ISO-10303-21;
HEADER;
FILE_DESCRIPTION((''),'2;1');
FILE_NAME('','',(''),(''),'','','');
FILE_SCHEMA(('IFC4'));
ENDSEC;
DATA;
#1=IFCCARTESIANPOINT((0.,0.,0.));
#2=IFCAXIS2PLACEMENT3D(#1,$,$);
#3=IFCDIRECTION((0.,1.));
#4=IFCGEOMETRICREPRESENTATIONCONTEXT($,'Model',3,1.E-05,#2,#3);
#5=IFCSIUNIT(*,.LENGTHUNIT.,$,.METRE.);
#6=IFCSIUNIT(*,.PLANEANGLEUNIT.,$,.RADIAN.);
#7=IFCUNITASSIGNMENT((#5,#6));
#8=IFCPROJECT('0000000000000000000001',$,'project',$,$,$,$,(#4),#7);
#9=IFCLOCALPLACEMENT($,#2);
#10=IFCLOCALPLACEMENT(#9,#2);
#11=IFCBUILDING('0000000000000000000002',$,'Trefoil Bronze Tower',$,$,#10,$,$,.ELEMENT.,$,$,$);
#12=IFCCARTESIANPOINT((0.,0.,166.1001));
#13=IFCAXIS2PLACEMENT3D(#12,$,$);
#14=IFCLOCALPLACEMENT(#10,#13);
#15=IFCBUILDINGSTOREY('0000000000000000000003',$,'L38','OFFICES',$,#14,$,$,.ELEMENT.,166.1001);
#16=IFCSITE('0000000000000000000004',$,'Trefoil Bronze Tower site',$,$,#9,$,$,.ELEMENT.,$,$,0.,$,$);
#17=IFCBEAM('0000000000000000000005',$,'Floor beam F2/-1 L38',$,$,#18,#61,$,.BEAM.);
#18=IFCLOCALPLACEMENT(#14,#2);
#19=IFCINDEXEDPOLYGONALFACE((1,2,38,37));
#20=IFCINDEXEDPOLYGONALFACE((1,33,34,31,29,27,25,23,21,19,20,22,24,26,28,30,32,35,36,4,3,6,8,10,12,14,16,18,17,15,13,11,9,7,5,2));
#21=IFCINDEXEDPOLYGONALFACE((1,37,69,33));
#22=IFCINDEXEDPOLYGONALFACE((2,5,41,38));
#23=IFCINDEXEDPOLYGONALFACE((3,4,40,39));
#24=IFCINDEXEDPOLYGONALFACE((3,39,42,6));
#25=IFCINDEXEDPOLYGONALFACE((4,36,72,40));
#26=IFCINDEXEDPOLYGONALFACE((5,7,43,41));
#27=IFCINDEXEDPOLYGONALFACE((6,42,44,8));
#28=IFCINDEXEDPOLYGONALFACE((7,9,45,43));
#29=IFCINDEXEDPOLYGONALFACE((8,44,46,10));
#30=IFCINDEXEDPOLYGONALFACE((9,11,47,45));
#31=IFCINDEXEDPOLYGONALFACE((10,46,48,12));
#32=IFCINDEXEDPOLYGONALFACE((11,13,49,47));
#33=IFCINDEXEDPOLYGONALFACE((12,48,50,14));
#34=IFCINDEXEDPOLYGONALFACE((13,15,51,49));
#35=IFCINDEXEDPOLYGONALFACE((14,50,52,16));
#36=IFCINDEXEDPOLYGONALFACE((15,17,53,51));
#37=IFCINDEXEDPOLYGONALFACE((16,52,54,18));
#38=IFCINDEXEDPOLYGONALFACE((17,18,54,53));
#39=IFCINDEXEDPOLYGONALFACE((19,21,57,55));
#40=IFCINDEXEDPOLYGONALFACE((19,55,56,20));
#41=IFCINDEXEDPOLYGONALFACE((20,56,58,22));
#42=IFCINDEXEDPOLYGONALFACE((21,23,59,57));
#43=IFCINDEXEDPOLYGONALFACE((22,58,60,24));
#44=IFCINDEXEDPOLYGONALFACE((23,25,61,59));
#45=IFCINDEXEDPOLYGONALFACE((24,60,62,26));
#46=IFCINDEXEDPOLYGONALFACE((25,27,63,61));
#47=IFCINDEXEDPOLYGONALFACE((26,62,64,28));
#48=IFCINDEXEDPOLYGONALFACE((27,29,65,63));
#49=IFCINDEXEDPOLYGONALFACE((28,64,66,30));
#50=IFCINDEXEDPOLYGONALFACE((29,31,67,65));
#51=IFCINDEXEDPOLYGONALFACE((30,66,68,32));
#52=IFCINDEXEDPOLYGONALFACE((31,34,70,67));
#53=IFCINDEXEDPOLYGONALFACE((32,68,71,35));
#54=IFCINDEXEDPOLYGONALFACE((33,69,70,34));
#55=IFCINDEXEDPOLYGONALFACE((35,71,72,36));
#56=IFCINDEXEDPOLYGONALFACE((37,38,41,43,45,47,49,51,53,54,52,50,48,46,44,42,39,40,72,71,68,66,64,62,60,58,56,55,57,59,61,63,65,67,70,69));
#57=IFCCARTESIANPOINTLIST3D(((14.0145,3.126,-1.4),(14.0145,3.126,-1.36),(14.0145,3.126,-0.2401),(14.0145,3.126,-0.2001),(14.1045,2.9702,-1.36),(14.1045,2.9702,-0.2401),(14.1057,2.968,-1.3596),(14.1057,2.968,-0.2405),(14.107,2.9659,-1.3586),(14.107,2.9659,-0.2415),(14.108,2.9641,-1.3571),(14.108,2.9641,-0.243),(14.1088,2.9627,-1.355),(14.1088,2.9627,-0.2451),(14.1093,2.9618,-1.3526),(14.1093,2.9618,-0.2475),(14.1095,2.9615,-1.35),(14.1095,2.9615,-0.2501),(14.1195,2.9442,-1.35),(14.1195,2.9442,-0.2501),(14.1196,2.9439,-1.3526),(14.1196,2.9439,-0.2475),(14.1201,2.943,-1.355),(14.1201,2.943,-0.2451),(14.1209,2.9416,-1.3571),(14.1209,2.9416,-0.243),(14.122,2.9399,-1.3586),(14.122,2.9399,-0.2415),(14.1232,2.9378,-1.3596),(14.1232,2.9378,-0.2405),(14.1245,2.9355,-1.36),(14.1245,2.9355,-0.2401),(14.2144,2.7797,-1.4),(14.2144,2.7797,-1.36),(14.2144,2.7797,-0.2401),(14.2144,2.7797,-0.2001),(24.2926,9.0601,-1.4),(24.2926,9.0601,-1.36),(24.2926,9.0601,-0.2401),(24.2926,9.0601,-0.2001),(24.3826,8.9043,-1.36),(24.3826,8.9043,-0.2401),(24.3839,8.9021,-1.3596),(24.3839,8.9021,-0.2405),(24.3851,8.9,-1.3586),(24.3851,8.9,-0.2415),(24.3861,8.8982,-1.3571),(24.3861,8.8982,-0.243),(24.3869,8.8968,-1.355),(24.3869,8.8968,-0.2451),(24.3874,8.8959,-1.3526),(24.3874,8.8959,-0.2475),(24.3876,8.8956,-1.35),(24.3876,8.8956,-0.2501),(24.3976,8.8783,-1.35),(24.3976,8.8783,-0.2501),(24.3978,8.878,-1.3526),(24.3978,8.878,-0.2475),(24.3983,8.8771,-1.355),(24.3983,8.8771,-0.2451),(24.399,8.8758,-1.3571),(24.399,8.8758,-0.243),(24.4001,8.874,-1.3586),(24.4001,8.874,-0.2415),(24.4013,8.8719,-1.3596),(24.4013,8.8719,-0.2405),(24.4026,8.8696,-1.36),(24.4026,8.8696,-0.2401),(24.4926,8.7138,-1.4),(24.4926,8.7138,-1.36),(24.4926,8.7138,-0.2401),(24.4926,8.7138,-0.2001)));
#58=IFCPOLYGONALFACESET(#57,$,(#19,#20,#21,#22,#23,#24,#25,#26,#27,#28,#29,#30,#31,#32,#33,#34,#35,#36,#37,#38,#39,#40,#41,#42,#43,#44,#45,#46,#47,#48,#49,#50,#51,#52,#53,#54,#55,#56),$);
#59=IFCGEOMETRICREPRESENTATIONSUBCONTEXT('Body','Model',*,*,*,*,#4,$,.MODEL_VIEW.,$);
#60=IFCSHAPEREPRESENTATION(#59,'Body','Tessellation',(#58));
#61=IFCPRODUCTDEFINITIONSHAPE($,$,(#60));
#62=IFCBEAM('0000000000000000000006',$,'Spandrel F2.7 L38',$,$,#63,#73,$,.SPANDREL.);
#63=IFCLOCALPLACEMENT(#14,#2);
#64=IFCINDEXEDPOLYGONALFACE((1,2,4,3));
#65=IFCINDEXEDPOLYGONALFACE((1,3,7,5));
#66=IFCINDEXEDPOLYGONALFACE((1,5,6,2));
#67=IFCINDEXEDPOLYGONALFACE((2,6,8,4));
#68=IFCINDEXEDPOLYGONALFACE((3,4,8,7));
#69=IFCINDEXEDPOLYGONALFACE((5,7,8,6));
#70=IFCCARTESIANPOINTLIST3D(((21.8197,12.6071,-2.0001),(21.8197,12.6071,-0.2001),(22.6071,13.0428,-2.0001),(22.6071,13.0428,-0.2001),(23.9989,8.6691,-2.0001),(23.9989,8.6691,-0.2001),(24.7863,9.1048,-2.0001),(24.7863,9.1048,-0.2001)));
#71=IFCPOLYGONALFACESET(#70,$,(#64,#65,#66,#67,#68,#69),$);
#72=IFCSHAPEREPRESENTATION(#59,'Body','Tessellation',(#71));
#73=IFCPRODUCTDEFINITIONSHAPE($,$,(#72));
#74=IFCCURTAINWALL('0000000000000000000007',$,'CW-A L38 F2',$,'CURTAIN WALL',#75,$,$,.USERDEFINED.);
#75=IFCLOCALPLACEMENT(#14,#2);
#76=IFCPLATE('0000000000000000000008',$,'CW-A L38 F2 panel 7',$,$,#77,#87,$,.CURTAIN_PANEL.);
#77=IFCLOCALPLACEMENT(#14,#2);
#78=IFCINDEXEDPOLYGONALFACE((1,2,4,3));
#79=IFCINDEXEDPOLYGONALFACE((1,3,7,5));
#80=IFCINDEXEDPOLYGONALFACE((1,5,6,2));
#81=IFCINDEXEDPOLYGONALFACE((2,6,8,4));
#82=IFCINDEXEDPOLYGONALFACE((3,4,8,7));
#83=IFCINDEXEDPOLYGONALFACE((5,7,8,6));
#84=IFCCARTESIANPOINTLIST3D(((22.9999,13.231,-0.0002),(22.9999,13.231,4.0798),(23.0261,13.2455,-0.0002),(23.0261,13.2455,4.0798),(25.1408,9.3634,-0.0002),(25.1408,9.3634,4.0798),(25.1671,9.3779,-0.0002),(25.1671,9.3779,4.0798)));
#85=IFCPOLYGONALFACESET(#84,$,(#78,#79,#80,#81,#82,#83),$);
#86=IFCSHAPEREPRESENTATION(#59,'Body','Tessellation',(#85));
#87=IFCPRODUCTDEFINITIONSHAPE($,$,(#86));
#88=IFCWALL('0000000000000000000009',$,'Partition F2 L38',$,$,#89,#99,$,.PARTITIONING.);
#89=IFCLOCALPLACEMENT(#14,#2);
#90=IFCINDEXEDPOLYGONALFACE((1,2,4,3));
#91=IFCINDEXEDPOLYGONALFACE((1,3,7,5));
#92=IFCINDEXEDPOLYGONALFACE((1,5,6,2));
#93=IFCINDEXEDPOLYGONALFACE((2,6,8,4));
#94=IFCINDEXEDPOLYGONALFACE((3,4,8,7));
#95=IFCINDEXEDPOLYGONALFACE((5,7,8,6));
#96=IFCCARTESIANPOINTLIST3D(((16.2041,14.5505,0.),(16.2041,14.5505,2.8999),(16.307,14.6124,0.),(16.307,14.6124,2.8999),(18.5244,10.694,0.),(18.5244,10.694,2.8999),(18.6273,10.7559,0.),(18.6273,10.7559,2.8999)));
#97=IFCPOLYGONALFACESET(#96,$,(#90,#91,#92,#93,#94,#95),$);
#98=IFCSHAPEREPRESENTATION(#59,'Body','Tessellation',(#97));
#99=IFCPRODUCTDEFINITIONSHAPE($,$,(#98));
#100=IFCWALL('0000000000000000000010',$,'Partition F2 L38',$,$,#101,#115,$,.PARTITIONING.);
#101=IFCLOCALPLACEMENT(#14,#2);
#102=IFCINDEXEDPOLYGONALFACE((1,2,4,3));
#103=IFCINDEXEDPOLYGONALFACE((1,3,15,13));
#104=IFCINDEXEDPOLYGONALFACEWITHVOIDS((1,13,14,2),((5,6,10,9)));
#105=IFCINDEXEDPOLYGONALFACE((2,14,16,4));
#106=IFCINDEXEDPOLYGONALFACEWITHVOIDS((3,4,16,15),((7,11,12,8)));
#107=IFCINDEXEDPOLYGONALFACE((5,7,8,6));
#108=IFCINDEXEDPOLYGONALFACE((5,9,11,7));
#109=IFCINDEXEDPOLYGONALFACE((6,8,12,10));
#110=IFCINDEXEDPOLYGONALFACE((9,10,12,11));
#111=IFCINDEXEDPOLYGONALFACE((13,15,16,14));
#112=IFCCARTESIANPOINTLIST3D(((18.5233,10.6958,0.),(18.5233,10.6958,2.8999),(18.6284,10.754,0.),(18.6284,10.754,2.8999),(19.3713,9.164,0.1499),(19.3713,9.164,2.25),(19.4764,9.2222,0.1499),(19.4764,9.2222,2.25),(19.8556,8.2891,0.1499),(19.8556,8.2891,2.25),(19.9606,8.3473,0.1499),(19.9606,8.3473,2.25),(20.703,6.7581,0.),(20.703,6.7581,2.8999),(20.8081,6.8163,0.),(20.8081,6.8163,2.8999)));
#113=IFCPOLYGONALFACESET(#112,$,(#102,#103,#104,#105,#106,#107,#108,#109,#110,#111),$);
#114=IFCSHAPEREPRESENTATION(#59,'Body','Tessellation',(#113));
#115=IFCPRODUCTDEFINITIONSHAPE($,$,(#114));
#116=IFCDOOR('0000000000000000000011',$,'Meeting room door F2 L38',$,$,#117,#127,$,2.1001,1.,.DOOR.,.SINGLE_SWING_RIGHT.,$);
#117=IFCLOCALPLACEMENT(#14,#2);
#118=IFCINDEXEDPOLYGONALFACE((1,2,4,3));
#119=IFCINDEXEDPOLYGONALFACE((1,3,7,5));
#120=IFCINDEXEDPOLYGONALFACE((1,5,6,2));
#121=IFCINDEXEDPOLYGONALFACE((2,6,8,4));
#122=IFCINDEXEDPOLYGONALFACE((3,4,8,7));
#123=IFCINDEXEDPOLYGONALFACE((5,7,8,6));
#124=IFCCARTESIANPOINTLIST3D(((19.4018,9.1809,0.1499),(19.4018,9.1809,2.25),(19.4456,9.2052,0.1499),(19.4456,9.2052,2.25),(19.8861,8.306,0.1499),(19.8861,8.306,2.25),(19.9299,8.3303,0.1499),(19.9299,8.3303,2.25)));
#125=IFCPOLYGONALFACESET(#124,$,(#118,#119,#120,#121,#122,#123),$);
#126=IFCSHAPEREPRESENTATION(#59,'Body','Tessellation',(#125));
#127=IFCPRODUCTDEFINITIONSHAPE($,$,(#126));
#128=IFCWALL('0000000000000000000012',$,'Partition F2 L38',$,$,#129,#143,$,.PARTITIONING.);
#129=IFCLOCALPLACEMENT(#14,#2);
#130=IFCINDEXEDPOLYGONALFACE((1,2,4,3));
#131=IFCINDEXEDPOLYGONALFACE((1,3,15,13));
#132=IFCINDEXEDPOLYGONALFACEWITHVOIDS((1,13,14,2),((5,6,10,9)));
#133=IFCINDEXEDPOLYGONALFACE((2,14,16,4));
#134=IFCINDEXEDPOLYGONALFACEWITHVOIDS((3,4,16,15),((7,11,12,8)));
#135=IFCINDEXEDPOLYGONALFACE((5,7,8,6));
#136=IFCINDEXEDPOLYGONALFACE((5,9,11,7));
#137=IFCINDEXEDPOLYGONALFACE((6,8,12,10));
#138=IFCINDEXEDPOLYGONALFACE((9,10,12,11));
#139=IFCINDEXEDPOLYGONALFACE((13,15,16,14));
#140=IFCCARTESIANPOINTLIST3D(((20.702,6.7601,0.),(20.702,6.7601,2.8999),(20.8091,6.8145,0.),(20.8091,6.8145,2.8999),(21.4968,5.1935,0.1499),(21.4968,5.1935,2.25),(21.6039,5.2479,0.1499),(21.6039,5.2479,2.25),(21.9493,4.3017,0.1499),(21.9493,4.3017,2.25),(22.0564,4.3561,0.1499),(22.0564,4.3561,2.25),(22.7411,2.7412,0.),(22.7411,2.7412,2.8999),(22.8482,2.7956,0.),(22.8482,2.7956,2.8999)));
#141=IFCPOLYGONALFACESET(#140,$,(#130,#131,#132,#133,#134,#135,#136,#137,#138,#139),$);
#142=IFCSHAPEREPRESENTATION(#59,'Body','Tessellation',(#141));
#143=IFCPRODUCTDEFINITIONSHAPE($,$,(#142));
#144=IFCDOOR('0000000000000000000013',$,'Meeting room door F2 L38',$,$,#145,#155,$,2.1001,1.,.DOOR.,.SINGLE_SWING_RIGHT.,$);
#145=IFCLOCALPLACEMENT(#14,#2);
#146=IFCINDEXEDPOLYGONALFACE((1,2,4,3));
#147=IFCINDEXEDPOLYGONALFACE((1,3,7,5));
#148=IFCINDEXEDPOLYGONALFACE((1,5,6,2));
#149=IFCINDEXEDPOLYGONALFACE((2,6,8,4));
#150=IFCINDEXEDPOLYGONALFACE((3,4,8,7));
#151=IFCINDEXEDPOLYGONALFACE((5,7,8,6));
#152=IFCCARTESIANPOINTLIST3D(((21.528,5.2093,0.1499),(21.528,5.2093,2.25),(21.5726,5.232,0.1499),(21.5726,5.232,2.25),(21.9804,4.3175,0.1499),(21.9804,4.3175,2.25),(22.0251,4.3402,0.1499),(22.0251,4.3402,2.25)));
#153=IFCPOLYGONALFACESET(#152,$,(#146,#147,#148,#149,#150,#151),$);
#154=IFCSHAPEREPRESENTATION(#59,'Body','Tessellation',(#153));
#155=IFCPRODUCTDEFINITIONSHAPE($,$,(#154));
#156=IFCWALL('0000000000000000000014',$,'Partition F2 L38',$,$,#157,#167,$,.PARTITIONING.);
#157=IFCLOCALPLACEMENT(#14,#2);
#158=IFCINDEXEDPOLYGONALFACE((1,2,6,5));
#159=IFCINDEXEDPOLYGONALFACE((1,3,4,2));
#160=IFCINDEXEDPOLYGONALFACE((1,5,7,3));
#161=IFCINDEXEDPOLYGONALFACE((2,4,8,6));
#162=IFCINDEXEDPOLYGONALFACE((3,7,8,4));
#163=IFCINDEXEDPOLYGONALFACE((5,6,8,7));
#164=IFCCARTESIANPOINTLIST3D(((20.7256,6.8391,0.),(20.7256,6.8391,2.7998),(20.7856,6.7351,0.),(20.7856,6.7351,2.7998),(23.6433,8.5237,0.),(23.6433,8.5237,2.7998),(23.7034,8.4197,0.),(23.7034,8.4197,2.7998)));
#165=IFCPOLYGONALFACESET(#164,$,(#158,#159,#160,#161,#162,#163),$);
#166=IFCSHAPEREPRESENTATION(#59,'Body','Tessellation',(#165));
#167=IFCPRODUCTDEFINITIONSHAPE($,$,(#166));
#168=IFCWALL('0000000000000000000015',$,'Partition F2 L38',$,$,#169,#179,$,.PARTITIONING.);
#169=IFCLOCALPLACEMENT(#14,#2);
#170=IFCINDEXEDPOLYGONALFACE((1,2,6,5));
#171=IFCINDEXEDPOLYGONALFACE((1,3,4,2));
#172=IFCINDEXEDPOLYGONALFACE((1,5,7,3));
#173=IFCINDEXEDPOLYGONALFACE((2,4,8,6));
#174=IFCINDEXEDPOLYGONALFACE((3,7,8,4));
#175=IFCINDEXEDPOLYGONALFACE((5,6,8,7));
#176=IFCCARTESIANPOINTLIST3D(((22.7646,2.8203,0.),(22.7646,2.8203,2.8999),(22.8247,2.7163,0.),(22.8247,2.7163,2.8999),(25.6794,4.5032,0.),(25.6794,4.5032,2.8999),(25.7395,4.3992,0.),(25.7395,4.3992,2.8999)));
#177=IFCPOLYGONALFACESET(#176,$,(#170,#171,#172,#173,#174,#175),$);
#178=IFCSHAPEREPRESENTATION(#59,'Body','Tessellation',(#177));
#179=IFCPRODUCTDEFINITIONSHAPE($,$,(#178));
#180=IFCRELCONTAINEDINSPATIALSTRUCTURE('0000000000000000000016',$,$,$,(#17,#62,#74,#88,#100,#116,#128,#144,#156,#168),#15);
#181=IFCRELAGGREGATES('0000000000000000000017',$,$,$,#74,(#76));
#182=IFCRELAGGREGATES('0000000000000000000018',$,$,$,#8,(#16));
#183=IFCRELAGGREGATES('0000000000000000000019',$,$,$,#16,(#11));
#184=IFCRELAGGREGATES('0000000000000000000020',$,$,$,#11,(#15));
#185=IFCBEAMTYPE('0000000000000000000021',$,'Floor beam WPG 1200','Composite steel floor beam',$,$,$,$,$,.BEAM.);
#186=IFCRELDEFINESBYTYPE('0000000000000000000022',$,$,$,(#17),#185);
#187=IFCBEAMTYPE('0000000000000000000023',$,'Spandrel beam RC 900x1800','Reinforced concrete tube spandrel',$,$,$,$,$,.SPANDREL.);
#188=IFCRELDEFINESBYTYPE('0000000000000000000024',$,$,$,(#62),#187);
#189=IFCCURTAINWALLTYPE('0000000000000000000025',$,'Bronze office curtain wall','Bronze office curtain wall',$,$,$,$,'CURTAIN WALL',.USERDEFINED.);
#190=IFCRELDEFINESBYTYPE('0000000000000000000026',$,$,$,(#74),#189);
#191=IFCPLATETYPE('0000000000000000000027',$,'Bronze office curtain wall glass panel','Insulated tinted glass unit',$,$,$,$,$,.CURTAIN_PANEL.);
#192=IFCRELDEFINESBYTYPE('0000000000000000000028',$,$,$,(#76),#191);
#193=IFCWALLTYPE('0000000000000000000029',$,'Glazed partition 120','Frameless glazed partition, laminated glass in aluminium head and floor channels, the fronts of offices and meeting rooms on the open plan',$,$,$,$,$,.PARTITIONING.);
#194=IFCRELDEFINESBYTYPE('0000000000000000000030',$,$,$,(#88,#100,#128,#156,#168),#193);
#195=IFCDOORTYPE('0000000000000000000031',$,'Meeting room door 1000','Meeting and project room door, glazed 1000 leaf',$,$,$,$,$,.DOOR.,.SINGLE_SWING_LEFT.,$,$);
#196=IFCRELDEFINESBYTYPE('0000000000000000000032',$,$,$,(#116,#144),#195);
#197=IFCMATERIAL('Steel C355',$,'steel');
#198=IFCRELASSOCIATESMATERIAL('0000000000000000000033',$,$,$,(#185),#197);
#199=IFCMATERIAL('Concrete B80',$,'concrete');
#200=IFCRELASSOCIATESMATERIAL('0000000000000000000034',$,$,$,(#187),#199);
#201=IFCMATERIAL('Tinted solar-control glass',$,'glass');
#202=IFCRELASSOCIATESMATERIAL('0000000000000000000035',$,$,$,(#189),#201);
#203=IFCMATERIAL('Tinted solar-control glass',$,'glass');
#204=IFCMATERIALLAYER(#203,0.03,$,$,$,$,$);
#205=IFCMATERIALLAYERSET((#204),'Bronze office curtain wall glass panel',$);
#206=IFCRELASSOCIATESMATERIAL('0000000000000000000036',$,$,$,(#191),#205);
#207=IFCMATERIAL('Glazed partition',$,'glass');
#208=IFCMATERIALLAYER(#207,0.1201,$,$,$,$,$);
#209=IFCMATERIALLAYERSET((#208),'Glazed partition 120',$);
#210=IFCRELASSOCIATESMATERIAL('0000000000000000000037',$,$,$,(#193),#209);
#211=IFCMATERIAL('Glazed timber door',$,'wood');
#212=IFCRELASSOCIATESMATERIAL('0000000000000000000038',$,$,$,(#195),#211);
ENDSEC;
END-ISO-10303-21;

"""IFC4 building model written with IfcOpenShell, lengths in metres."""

from ifc_helpers import new_model, si_unit, direction, frame, frame_2d, origin, origin_2d, place, context, subcontext, project, spatial, rectangle, i_section, extrude, material, layer, layer_set, material_profile, profile_set, type_object, element, fill, aggregate, save


model = new_model("IFC4")

# Units and contexts
model_context = context("Model", 3, precision=1e-05, world=origin(), true_north=direction((0.0, 1.0)))
body_context = subcontext(model_context, "Body", "Model", "MODEL_VIEW")
ifc_project = project(units=[si_unit("LENGTHUNIT", "METRE"), si_unit("PLANEANGLEUNIT", "RADIAN")], contexts=[model_context])

# Site, building, storey
site_placement = place(None, origin())
site = spatial("IfcSite", under=ifc_project, at=site_placement, Name="Trefoil Bronze Tower site", CompositionType="ELEMENT", RefElevation=0.0)
building_placement = place(site_placement, origin())
building = spatial("IfcBuilding", under=site, at=building_placement, Name="Trefoil Bronze Tower", CompositionType="ELEMENT")
storey_placement = place(building_placement, frame((0.0, 0.0, 166.1001)))
storey = spatial("IfcBuildingStorey", under=building, at=storey_placement, Name="L38", Description="OFFICES", CompositionType="ELEMENT", Elevation=166.1001)

# Beams
ifc_material_1 = material(Name="Steel C355", Category="steel")
ifc_material_profile_1 = material_profile(ifc_material_1, i_section(OverallWidth=0.3999, OverallDepth=1.2, WebThickness=0.02, FlangeThickness=0.04, FilletRadius=0.01, at=origin_2d()), Name="WPG 1200")
ifc_profile_set_1 = profile_set([ifc_material_profile_1], Name="Steel C355")
beam_type_1 = type_object("IfcBeamType", Name="Floor beam WPG 1200", Description="Composite steel floor beam", PredefinedType="BEAM", material=ifc_profile_set_1)
beam_1_placement = place(storey_placement, frame((24.3926, 8.887, -0.8), z_axis=(-0.866024, -0.500002, 0.0), x_axis=(0.500002, -0.866024, 0.0)))
element("IfcBeam", 1, at=beam_1_placement, inside=storey, type_object=beam_type_1, Name="Floor beam F2/-1 L38", PredefinedType="BEAM", context=body_context, shape_type="SweptSolid", body=[
    extrude(i_section(OverallWidth=0.3999, OverallDepth=1.2, WebThickness=0.02, FlangeThickness=0.04, FilletRadius=0.01, at=origin_2d()), origin(), (0.0, 0.0, 1.0), 11.8682),
])
ifc_material_2 = material(Name="Concrete B80", Category="concrete")
ifc_material_profile_2 = material_profile(ifc_material_2, rectangle(XDim=0.8999, YDim=1.8, at=origin_2d()), Name="RC 900x1800")
ifc_profile_set_2 = profile_set([ifc_material_profile_2], Name="Concrete B80")
beam_type_2 = type_object("IfcBeamType", Name="Spandrel beam RC 900x1800", Description="Reinforced concrete tube spandrel", PredefinedType="SPANDREL", material=ifc_profile_set_2)
beam_2_placement = place(storey_placement, frame((24.3926, 8.887, -1.1001), z_axis=(-0.484187, 0.874965, 0.0), x_axis=(-0.874965, -0.484187, 0.0)))
element("IfcBeam", 2, at=beam_2_placement, inside=storey, type_object=beam_type_2, Name="Spandrel F2.7 L38", PredefinedType="SPANDREL", context=body_context, shape_type="SweptSolid", body=[
    extrude(rectangle(XDim=0.8999, YDim=1.8, at=origin_2d()), origin(), (0.0, 0.0, 1.0), 4.5007),
])

# Curtain wall, plate
ifc_material_3 = material(Name="Tinted solar-control glass", Category="glass")
curtain_wall_type = type_object("IfcCurtainWallType", Name="Bronze office curtain wall", Description="Bronze office curtain wall", ElementType="CURTAIN WALL", PredefinedType="USERDEFINED", material=ifc_material_3)
curtain_wall_placement = place(storey_placement, origin())
curtain_wall = element("IfcCurtainWall", 3, at=curtain_wall_placement, inside=storey, type_object=curtain_wall_type, Name="CW-A L38 F2", ObjectType="CURTAIN WALL", PredefinedType="USERDEFINED")
ifc_material_4 = material(Name="Tinted solar-control glass", Category="glass")
ifc_layer_1 = layer(ifc_material_4, 0.03)
ifc_layer_set_1 = layer_set([ifc_layer_1], Name="Bronze office curtain wall glass panel")
plate_type = type_object("IfcPlateType", Name="Bronze office curtain wall glass panel", Description="Insulated tinted glass unit", PredefinedType="CURTAIN_PANEL", material=ifc_layer_set_1)
plate_placement = place(storey_placement, frame((24.0835, 11.3044, -0.0002), z_axis=(0.0, 0.0, 1.0), x_axis=(-0.484312, 0.874895, 0.0)))
plate = element("IfcPlate", 4, at=plate_placement, type_object=plate_type, Name="CW-A L38 F2 panel 7", PredefinedType="CURTAIN_PANEL", context=body_context, shape_type="SweptSolid", body=[
    extrude(rectangle(XDim=4.4207, YDim=0.03, at=origin_2d()), origin(), (0.0, 0.0, 1.0), 4.0801),
])
aggregate(curtain_wall, [plate])

# Wall
ifc_material_5 = material(Name="Glazed partition", Category="glass")
ifc_layer_2 = layer(ifc_material_5, 0.1201)
ifc_layer_set_2 = layer_set([ifc_layer_2], Name="Glazed partition 120")
wall_type_1 = type_object("IfcWallType", Name="Glazed partition 120", Description="Frameless glazed partition, laminated glass in aluminium head and floor channels, the fronts of offices and meeting rooms on the open plan", PredefinedType="PARTITIONING", material=ifc_layer_set_2)
wall_1_placement = place(storey_placement, frame((18.5759, 10.7249, 0.0), z_axis=(0.0, 0.0, 1.0), x_axis=(-0.515548, 0.85686, 0.0)))
element("IfcWall", 5, at=wall_1_placement, inside=storey, type_object=wall_type_1, Name="Partition F2 L38", PredefinedType="PARTITIONING", context=body_context, shape_type="SweptSolid", body=[
    extrude(rectangle(XDim=4.5007, YDim=0.1201, at=frame_2d((2.2505, 0.0))), origin(), (0.0, 0.0, 1.0), 2.8999),
])

# Walls, openings, doors
wall_2_placement = place(storey_placement, frame((20.7556, 6.7871, 0.0), z_axis=(0.0, 0.0, 1.0), x_axis=(-0.484293, 0.874906, 0.0)))
wall_2 = element("IfcWall", 6, at=wall_2_placement, inside=storey, type_object=wall_type_1, Name="Partition F2 L38", PredefinedType="PARTITIONING", context=body_context, shape_type="SweptSolid", body=[
    extrude(rectangle(XDim=4.5007, YDim=0.1201, at=frame_2d((2.2505, 0.0))), origin(), (0.0, 0.0, 1.0), 2.8999),
])
opening_1_placement = place(wall_2_placement, frame((1.75, 0.0, 0.1499)))
opening_1 = element("IfcOpeningElement", 7, at=opening_1_placement, cuts=wall_2, PredefinedType="OPENING", context=body_context, shape_type="SweptSolid", body=[
    extrude(rectangle(XDim=1.0, YDim=2.1001, at=frame_2d((0.5, 1.05))), frame((0.0, 0.0701, 0.0), z_axis=(0.0, -1.0, 0.0), x_axis=(1.0, 0.0, 0.0)), (0.0, 0.0, 1.0), 0.1401),
])
ifc_material_6 = material(Name="Glazed timber door", Category="wood")
door_type_1 = type_object("IfcDoorType", Name="Meeting room door 1000", Description="Meeting and project room door, glazed 1000 leaf", OperationType="SINGLE_SWING_LEFT", PredefinedType="DOOR", material=ifc_material_6)
door_1_placement = place(opening_1_placement, frame((1.0, 0.0, 0.0), z_axis=(0.0, 0.0, 1.0), x_axis=(-1.0, 0.0, 0.0)))
door_1 = element("IfcDoor", 8, at=door_1_placement, inside=storey, type_object=door_type_1, Name="Meeting room door F2 L38", OperationType="SINGLE_SWING_RIGHT", OverallHeight=2.1001, OverallWidth=1.0, PredefinedType="DOOR", context=body_context, shape_type="SweptSolid", body=[
    extrude(rectangle(XDim=1.0, YDim=2.1001, at=frame_2d((0.5, 1.05))), frame((0.0, 0.0249, 0.0), z_axis=(0.0, -1.0, 0.0), x_axis=(1.0, 0.0, 0.0)), (0.0, 0.0, 1.0), 0.05),
])
fill(opening_1, door_1)
wall_3_placement = place(storey_placement, frame((22.7947, 2.7683, 0.0), z_axis=(0.0, 0.0, 1.0), x_axis=(-0.452472, 0.891779, 0.0)))
wall_3 = element("IfcWall", 9, at=wall_3_placement, inside=storey, type_object=wall_type_1, Name="Partition F2 L38", PredefinedType="PARTITIONING", context=body_context, shape_type="SweptSolid", body=[
    extrude(rectangle(XDim=4.5066, YDim=0.1201, at=frame_2d((2.2534, 0.0))), origin(), (0.0, 0.0, 1.0), 2.8999),
])
opening_2_placement = place(wall_3_placement, frame((1.75, 0.0, 0.1499)))
opening_2 = element("IfcOpeningElement", 10, at=opening_2_placement, cuts=wall_3, PredefinedType="OPENING", context=body_context, shape_type="SweptSolid", body=[
    extrude(rectangle(XDim=1.0, YDim=2.1001, at=frame_2d((0.5, 1.05))), frame((0.0, 0.0701, 0.0), z_axis=(0.0, -1.0, 0.0), x_axis=(1.0, 0.0, 0.0)), (0.0, 0.0, 1.0), 0.1401),
])
door_2_placement = place(opening_2_placement, frame((1.0, 0.0, 0.0), z_axis=(0.0, 0.0, 1.0), x_axis=(-1.0, 0.0, 0.0)))
door_2 = element("IfcDoor", 11, at=door_2_placement, inside=storey, type_object=door_type_1, Name="Meeting room door F2 L38", OperationType="SINGLE_SWING_RIGHT", OverallHeight=2.1001, OverallWidth=1.0, PredefinedType="DOOR", context=body_context, shape_type="SweptSolid", body=[
    extrude(rectangle(XDim=1.0, YDim=2.1001, at=frame_2d((0.5, 1.05))), frame((0.0, 0.0249, 0.0), z_axis=(0.0, -1.0, 0.0), x_axis=(1.0, 0.0, 0.0)), (0.0, 0.0, 1.0), 0.05),
])
fill(opening_2, door_2)

# Walls
wall_4_placement = place(storey_placement, frame((20.7556, 6.7871, 0.0), z_axis=(0.0, 0.0, 1.0), x_axis=(0.866023, 0.500005, 0.0)))
element("IfcWall", 12, at=wall_4_placement, inside=storey, type_object=wall_type_1, Name="Partition F2 L38", PredefinedType="PARTITIONING", context=body_context, shape_type="SweptSolid", body=[
    extrude(rectangle(XDim=3.3691, YDim=0.1201, at=frame_2d((1.6846, 0.0))), origin(), (0.0, 0.0, 1.0), 2.7998),
])
wall_5_placement = place(storey_placement, frame((22.7947, 2.7683, 0.0), z_axis=(0.0, 0.0, 1.0), x_axis=(0.866025, 0.500001, 0.0)))
element("IfcWall", 13, at=wall_5_placement, inside=storey, type_object=wall_type_1, Name="Partition F2 L38", PredefinedType="PARTITIONING", context=body_context, shape_type="SweptSolid", body=[
    extrude(rectangle(XDim=3.3657, YDim=0.1201, at=frame_2d((1.6829, 0.0))), origin(), (0.0, 0.0, 1.0), 2.8999),
])

save(model, "model.ifc")
